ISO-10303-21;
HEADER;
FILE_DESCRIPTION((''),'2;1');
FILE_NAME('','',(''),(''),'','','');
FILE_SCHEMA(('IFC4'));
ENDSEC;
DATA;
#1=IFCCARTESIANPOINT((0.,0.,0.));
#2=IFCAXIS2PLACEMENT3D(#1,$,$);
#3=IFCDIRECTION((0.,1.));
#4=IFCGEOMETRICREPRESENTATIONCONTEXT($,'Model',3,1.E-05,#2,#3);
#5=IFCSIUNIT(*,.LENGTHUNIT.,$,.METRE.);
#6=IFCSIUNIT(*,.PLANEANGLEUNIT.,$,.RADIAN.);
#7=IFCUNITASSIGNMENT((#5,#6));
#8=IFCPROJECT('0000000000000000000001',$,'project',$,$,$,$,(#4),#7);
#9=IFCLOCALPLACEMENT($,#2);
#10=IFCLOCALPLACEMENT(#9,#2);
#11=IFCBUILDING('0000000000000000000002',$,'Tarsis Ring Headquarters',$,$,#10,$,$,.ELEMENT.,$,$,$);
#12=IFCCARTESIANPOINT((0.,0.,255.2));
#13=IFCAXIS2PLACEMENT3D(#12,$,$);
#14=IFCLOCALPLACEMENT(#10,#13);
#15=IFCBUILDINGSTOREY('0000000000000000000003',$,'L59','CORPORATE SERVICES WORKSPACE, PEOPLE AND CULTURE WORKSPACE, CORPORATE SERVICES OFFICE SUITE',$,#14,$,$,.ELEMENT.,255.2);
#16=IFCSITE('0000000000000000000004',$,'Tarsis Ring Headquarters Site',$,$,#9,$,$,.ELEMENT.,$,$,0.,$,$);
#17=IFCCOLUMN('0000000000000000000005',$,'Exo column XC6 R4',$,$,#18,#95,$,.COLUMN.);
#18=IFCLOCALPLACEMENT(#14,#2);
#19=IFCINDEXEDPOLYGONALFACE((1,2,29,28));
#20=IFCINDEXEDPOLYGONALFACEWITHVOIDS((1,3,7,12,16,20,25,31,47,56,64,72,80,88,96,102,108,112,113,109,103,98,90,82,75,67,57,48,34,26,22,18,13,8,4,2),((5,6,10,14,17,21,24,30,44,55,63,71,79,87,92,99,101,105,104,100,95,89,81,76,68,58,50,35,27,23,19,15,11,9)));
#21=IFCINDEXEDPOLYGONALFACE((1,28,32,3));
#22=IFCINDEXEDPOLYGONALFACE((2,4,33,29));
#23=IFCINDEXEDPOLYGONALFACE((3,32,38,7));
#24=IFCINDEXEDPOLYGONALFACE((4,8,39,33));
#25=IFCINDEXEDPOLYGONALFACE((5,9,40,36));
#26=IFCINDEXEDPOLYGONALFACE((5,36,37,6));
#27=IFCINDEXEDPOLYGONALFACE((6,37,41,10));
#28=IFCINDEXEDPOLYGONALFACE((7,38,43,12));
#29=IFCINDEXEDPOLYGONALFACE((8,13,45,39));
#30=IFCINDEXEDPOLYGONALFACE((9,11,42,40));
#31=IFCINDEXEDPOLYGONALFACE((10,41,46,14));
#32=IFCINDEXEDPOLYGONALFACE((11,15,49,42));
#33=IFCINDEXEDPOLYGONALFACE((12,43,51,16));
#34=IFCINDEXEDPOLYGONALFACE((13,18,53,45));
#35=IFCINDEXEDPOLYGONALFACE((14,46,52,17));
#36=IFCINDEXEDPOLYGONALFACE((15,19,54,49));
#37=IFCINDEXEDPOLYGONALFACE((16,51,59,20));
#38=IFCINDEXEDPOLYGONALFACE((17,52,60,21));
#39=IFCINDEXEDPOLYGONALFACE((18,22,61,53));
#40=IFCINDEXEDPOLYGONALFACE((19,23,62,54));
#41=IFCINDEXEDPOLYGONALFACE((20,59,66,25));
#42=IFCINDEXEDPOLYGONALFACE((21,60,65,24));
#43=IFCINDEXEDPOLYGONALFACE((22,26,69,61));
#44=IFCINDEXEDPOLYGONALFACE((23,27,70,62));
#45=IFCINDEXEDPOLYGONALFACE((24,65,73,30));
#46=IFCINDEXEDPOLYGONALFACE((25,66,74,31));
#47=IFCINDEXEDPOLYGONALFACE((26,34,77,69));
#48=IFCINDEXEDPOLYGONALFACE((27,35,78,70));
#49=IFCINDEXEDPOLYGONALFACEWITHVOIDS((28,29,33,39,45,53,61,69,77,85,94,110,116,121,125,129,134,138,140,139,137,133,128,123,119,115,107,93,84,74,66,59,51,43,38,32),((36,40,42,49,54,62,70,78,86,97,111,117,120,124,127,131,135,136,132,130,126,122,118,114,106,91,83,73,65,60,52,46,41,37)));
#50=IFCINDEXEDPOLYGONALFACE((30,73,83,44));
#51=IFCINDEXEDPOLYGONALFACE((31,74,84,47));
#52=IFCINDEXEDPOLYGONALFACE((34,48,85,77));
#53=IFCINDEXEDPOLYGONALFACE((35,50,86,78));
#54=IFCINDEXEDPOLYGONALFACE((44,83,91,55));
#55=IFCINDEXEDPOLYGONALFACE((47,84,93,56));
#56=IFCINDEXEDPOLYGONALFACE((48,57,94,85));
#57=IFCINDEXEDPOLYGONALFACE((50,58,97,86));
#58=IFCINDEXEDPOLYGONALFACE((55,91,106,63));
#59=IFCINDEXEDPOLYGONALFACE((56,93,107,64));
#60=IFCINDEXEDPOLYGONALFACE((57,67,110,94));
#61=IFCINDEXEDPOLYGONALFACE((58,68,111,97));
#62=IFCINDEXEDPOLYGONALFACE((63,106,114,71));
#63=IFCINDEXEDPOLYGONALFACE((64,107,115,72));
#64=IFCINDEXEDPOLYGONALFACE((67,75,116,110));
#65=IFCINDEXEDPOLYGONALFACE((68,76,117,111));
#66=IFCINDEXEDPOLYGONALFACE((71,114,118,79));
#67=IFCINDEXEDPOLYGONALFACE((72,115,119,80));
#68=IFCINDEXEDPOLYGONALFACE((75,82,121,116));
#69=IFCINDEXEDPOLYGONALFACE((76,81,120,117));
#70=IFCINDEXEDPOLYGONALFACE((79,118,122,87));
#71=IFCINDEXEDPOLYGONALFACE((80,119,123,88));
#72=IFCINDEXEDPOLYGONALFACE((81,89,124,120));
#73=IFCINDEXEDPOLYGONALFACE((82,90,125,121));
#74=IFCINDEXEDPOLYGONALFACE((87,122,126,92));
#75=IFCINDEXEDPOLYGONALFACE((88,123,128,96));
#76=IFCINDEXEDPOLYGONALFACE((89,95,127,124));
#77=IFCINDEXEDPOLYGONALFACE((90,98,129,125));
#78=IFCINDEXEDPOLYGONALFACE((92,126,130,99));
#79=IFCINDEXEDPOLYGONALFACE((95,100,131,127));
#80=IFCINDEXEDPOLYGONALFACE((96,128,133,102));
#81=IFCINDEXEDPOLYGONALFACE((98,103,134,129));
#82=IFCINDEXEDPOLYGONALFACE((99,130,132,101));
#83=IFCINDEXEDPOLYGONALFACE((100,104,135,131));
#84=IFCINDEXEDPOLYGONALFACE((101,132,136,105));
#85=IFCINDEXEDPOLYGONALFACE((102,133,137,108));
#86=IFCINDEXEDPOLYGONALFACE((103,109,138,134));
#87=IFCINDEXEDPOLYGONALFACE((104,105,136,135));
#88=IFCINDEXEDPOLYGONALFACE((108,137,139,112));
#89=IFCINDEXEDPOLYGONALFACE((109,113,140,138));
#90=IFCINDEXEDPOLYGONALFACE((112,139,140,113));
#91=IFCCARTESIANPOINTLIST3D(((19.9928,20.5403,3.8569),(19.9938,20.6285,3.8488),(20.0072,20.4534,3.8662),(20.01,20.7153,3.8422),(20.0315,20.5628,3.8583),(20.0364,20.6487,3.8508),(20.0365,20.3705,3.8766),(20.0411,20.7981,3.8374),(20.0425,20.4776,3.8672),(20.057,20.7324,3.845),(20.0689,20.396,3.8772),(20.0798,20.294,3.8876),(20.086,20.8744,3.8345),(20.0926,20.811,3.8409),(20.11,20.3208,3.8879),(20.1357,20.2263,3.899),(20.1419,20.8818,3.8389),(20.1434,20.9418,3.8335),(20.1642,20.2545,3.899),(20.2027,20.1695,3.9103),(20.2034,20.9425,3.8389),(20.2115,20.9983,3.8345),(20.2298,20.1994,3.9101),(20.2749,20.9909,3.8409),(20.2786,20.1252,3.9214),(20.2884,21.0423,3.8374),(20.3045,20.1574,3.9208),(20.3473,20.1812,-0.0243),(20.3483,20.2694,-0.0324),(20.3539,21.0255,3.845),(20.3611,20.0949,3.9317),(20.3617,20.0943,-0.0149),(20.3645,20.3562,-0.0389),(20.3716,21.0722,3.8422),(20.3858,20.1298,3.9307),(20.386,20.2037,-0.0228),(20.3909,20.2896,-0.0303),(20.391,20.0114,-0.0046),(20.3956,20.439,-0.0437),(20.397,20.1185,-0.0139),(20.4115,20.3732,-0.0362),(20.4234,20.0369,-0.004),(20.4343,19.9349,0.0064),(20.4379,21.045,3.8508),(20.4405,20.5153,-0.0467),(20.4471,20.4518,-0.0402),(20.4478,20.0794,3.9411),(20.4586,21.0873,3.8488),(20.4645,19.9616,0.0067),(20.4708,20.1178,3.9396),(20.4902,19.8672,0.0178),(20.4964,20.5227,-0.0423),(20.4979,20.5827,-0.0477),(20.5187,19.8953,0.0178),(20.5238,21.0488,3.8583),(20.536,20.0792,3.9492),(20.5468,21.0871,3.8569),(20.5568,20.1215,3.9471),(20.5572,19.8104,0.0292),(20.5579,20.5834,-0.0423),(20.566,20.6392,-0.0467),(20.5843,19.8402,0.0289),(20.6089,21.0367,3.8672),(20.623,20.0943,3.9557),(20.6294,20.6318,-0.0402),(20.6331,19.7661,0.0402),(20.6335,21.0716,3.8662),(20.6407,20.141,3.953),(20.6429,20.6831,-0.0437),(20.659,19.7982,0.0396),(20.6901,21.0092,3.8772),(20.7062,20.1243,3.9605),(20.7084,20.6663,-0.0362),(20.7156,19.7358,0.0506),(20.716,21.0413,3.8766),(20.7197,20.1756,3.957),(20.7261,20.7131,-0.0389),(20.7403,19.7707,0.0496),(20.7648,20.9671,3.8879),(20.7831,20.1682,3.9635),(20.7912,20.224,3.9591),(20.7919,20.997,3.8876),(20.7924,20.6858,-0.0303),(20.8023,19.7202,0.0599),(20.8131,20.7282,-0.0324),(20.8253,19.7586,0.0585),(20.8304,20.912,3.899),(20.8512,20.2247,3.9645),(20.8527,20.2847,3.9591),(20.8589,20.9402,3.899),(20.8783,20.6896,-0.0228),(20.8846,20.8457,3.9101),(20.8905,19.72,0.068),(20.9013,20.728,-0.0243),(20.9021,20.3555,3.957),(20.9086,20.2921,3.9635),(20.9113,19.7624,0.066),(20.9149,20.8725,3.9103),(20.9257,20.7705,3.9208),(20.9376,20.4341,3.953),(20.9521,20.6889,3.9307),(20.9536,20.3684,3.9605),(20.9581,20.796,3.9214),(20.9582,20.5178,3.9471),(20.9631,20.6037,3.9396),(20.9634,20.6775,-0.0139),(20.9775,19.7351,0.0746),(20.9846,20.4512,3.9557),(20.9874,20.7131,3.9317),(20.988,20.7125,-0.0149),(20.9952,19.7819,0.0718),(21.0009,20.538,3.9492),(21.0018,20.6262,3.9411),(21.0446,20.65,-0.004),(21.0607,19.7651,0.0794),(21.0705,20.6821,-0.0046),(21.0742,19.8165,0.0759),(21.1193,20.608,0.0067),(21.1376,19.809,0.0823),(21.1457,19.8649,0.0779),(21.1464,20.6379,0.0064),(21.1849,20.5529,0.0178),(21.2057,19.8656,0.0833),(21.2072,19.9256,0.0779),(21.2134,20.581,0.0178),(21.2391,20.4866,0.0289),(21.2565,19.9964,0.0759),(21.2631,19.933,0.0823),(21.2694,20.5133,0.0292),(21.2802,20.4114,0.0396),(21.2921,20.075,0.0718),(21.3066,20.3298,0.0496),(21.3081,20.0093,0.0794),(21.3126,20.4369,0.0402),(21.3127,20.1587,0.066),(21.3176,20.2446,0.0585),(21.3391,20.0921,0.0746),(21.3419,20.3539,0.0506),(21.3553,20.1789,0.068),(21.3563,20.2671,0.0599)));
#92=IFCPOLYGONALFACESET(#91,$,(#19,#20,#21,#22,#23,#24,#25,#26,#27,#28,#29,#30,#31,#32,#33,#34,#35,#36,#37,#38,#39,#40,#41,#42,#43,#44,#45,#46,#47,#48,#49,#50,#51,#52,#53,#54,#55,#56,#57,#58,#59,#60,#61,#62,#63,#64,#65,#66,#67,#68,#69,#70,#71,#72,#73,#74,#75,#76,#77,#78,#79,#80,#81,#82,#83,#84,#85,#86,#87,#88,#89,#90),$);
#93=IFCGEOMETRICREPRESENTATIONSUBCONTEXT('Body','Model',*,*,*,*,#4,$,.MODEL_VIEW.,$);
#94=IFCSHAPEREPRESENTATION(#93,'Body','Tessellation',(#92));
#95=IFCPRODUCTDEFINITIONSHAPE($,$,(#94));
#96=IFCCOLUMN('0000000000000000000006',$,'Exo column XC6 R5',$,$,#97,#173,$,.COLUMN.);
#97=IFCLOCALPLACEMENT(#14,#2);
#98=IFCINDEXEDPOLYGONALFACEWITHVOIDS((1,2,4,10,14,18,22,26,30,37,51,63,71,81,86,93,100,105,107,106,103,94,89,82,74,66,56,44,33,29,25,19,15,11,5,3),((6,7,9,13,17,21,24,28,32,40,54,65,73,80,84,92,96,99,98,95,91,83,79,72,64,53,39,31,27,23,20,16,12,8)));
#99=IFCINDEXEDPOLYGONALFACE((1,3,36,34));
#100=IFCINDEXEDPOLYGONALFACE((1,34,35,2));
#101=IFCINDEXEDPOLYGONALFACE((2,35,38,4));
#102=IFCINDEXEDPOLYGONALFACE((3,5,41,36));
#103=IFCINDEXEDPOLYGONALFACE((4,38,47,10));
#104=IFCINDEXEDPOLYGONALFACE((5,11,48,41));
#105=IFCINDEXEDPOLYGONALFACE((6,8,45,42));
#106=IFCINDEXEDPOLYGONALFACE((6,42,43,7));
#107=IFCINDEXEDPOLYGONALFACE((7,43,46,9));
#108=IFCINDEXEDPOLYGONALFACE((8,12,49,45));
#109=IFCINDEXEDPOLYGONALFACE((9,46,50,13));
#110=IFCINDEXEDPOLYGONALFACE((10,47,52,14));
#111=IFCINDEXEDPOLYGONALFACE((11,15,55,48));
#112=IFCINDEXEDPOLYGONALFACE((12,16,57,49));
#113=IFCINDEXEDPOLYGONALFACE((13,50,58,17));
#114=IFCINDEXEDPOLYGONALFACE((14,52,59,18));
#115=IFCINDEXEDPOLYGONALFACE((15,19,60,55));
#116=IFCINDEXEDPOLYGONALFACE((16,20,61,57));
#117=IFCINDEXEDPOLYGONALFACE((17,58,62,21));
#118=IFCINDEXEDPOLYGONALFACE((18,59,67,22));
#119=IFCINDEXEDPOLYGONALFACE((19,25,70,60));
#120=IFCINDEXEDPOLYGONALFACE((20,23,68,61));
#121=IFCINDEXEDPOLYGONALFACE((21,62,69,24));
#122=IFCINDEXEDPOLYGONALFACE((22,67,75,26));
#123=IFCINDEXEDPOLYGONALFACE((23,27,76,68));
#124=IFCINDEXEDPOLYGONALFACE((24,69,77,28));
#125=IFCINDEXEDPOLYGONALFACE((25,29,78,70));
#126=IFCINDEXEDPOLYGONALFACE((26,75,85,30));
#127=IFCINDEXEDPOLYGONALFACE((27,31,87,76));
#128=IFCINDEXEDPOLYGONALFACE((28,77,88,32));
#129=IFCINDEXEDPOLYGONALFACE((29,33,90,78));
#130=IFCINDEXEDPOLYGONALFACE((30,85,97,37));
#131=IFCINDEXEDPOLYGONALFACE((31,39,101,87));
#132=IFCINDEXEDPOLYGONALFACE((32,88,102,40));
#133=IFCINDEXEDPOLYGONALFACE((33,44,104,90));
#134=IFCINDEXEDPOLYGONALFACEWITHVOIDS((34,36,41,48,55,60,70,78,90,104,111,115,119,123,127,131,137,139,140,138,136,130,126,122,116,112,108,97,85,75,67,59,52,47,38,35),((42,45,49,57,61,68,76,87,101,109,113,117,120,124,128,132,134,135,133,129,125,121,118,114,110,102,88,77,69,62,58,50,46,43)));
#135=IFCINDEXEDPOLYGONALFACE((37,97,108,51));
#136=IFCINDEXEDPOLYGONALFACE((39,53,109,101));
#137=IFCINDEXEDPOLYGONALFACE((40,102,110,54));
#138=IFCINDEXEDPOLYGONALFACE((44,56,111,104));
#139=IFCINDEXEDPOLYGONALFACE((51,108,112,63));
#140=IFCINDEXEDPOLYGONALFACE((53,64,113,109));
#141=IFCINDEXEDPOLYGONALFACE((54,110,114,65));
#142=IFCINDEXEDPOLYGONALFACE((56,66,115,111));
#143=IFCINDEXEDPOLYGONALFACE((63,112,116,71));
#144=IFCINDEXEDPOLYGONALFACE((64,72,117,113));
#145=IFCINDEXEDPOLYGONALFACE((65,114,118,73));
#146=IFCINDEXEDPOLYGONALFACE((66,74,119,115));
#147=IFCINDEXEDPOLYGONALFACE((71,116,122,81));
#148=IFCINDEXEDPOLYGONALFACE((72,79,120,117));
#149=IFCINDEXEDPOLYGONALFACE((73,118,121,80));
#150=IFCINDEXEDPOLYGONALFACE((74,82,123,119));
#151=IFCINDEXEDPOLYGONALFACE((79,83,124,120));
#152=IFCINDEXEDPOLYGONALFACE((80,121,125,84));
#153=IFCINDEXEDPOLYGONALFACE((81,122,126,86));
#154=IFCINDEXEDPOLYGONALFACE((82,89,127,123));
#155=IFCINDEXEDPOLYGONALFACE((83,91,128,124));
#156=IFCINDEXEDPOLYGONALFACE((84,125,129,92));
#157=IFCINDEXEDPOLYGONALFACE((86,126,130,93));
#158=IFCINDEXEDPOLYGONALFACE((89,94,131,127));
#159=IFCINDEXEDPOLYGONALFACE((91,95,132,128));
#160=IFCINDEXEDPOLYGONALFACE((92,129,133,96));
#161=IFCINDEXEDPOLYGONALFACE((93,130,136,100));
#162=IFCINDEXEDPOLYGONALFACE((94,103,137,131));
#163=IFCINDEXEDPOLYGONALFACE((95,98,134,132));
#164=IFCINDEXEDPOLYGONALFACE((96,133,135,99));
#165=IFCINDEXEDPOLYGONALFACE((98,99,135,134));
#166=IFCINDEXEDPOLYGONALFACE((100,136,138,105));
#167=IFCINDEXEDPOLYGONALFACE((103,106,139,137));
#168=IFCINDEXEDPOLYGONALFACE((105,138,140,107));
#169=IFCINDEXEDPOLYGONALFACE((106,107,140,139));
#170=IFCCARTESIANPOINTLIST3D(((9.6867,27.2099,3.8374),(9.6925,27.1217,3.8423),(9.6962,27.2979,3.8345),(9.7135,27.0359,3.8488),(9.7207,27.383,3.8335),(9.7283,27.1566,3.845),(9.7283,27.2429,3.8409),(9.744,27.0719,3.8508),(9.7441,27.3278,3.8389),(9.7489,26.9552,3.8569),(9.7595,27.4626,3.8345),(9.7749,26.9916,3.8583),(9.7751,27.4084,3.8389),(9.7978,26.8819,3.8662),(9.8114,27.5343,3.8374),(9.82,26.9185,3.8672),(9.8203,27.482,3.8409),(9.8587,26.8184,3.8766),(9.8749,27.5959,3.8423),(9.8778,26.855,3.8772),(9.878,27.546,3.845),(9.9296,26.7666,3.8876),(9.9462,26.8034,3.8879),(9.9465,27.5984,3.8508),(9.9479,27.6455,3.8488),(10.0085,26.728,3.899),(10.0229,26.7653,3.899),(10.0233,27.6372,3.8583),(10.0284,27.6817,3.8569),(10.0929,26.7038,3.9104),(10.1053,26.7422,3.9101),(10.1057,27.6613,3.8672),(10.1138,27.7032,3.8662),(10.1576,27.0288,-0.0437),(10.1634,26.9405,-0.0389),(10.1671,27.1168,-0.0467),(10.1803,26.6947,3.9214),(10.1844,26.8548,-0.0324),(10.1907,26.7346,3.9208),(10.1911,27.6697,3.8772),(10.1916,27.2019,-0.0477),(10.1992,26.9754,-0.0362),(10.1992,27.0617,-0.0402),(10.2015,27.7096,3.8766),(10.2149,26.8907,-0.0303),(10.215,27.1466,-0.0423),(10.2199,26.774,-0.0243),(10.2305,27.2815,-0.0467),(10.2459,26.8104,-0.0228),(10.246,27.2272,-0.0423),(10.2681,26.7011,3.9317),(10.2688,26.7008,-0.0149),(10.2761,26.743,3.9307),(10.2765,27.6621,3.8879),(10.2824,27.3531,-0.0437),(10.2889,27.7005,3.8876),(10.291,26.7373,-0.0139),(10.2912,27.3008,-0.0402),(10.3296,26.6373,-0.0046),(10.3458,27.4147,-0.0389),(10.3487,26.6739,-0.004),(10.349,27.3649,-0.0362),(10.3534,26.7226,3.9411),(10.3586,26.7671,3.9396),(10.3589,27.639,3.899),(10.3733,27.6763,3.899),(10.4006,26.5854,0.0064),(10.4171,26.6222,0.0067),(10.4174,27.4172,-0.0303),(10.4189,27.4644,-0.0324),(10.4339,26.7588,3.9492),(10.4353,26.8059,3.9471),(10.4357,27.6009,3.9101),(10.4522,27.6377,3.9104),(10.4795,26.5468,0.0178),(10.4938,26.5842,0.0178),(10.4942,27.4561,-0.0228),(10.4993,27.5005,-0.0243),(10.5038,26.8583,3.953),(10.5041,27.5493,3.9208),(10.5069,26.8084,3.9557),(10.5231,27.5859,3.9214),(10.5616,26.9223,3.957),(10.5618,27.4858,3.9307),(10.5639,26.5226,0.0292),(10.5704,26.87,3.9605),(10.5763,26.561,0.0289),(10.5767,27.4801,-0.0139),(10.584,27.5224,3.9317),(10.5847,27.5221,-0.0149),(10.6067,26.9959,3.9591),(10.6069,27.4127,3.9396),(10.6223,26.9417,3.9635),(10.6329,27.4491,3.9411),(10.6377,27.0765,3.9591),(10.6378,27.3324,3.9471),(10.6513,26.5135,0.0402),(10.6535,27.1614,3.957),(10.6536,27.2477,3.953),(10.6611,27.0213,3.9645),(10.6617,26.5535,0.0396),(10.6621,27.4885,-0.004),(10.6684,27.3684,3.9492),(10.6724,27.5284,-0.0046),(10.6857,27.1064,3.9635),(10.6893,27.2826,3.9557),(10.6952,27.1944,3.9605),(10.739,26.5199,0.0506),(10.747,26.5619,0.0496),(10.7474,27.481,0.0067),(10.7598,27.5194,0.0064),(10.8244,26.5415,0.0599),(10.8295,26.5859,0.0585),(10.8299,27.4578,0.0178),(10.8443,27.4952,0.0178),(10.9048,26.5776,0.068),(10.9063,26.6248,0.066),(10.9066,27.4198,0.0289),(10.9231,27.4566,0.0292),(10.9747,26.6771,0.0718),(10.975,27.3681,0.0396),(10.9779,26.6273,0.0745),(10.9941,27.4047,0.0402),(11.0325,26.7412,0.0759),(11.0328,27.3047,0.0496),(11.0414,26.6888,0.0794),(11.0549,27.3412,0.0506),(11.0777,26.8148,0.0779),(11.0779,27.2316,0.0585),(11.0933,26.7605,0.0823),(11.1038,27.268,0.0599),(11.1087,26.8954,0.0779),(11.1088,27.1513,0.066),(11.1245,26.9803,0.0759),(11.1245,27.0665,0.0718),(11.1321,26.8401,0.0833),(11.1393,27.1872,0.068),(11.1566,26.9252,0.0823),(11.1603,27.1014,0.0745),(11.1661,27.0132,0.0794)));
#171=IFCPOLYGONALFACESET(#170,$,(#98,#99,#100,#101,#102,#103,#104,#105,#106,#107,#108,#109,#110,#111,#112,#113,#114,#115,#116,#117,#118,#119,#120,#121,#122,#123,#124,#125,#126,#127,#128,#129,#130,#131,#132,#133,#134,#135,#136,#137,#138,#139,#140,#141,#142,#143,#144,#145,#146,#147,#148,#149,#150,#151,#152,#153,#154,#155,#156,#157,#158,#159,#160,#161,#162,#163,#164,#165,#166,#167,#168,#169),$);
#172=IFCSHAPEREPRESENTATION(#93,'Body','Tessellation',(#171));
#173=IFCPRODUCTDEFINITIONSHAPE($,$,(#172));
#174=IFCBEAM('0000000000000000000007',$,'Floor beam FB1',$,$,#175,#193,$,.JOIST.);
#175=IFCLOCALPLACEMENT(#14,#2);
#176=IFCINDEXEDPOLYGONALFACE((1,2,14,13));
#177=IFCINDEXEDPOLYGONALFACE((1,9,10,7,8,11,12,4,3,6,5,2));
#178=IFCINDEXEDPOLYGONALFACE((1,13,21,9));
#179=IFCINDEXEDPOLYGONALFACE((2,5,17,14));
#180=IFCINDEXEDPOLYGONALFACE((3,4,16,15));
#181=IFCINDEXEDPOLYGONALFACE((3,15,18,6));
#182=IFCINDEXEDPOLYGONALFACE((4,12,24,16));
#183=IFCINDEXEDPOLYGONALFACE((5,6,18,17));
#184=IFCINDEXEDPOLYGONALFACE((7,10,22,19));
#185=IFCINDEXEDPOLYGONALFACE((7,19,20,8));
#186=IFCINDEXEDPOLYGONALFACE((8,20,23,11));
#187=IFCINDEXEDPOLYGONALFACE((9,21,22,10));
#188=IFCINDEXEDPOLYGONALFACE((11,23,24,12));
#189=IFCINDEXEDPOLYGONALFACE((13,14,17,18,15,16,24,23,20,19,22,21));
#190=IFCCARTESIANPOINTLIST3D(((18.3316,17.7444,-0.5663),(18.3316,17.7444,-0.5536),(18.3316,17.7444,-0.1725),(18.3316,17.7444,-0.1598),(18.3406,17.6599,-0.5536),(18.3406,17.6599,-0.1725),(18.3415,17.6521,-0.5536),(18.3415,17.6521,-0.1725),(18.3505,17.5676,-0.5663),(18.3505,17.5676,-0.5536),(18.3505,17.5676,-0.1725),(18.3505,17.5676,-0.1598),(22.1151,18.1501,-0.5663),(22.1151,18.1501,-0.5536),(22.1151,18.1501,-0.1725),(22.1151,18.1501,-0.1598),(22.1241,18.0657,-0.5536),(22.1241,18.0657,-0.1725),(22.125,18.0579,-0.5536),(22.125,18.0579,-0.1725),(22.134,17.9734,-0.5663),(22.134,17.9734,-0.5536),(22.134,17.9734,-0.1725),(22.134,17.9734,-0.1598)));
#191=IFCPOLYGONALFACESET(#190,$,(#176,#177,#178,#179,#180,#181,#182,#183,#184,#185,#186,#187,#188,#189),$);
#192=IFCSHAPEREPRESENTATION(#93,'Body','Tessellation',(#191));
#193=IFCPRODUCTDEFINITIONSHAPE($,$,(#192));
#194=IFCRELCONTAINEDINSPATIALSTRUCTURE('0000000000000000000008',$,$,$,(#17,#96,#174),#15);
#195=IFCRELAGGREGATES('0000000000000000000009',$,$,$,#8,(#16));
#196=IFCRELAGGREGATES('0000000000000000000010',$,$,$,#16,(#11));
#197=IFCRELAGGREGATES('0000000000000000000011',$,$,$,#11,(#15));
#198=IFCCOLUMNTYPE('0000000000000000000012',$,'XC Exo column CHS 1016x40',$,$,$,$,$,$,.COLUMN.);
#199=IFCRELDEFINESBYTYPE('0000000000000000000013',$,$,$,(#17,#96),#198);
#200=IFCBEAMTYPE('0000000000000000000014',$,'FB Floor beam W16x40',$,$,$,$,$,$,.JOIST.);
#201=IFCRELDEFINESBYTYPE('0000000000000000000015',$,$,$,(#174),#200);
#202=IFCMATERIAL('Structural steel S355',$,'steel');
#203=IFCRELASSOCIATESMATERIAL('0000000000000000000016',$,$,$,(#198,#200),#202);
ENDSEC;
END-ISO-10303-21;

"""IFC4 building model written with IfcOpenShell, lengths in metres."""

from ifc_helpers import new_model, si_unit, direction, frame, origin, origin_2d, place, context, subcontext, project, spatial, hollow_circle, i_section, extrude, material, material_profile, profile_set, type_object, element, save


model = new_model("IFC4")

# Units and contexts
model_context = context("Model", 3, precision=1e-05, world=origin(), true_north=direction((0.0, 1.0)))
body_context = subcontext(model_context, "Body", "Model", "MODEL_VIEW")
ifc_project = project(units=[si_unit("LENGTHUNIT", "METRE"), si_unit("PLANEANGLEUNIT", "RADIAN")], contexts=[model_context])

# Site, building, storey
site_placement = place(None, origin())
site = spatial("IfcSite", under=ifc_project, at=site_placement, Name="Tarsis Ring Headquarters Site", CompositionType="ELEMENT", RefElevation=0.0)
building_placement = place(site_placement, origin())
building = spatial("IfcBuilding", under=site, at=building_placement, Name="Tarsis Ring Headquarters", CompositionType="ELEMENT")
storey_placement = place(building_placement, frame((0.0, 0.0, 255.2)))
storey = spatial("IfcBuildingStorey", under=building, at=storey_placement, Name="L59", Description="CORPORATE SERVICES WORKSPACE, PEOPLE AND CULTURE WORKSPACE, CORPORATE SERVICES OFFICE SUITE", CompositionType="ELEMENT", Elevation=255.2)

# Columns
ifc_material_1 = material(Name="Structural steel S355", Category="steel")
ifc_material_profile_1 = material_profile(ifc_material_1, hollow_circle(Radius=0.5081, WallThickness=0.04, at=origin_2d()), Name="CHS 1016x40")
ifc_profile_set_1 = profile_set([ifc_material_profile_1], Name="Structural steel S355")
column_type = type_object("IfcColumnType", Name="XC Exo column CHS 1016x40", PredefinedType="COLUMN", material=ifc_profile_set_1)
for number, where, z_axis, x_axis, name in (
    (1, (20.8518, 20.2241, 0.0178), (-0.090576, 0.091761, 0.991653), (-0.711688, -0.702496, 0.0), "Exo column XC6 R4"),
    (2, (10.6619, 27.021, 0.0178), (-0.120331, 0.046286, 0.991654), (-0.359012, -0.933333, 0.0), "Exo column XC6 R5"),
):
    element("IfcColumn", number, at=place(storey_placement, frame(where, z_axis=z_axis, x_axis=x_axis)), inside=storey, type_object=column_type, Name=name, PredefinedType="COLUMN", context=body_context, shape_type="SweptSolid", body=[
        extrude(hollow_circle(Radius=0.5081, WallThickness=0.04, at=origin_2d()), origin(), (0.0, 0.0, 1.0), 3.9138),
    ])

# Beam
ifc_material_profile_2 = material_profile(ifc_material_1, i_section(OverallWidth=0.1777, OverallDepth=0.4065, WebThickness=0.0078, FlangeThickness=0.0127, at=origin_2d()), Name="W16x40")
ifc_profile_set_2 = profile_set([ifc_material_profile_2], Name="Structural steel S355")
beam_type_1 = type_object("IfcBeamType", Name="FB Floor beam W16x40", PredefinedType="JOIST", material=ifc_profile_set_2)
for number, where, z_axis, x_axis, name in (
    (3, (18.3411, 17.656, -0.363), (0.994298, 0.106635, 0.0), (-0.106635, 0.994298, 0.0), "Floor beam FB1"),
):
    element("IfcBeam", number, at=place(storey_placement, frame(where, z_axis=z_axis, x_axis=x_axis)), inside=storey, type_object=beam_type_1, Name=name, PredefinedType="JOIST", context=body_context, shape_type="SweptSolid", body=[
        extrude(i_section(OverallWidth=0.1777, OverallDepth=0.4065, WebThickness=0.0078, FlangeThickness=0.0127, at=origin_2d()), origin(), (0.0, 0.0, 1.0), 3.8052),
    ])

save(model, "model.ifc")
